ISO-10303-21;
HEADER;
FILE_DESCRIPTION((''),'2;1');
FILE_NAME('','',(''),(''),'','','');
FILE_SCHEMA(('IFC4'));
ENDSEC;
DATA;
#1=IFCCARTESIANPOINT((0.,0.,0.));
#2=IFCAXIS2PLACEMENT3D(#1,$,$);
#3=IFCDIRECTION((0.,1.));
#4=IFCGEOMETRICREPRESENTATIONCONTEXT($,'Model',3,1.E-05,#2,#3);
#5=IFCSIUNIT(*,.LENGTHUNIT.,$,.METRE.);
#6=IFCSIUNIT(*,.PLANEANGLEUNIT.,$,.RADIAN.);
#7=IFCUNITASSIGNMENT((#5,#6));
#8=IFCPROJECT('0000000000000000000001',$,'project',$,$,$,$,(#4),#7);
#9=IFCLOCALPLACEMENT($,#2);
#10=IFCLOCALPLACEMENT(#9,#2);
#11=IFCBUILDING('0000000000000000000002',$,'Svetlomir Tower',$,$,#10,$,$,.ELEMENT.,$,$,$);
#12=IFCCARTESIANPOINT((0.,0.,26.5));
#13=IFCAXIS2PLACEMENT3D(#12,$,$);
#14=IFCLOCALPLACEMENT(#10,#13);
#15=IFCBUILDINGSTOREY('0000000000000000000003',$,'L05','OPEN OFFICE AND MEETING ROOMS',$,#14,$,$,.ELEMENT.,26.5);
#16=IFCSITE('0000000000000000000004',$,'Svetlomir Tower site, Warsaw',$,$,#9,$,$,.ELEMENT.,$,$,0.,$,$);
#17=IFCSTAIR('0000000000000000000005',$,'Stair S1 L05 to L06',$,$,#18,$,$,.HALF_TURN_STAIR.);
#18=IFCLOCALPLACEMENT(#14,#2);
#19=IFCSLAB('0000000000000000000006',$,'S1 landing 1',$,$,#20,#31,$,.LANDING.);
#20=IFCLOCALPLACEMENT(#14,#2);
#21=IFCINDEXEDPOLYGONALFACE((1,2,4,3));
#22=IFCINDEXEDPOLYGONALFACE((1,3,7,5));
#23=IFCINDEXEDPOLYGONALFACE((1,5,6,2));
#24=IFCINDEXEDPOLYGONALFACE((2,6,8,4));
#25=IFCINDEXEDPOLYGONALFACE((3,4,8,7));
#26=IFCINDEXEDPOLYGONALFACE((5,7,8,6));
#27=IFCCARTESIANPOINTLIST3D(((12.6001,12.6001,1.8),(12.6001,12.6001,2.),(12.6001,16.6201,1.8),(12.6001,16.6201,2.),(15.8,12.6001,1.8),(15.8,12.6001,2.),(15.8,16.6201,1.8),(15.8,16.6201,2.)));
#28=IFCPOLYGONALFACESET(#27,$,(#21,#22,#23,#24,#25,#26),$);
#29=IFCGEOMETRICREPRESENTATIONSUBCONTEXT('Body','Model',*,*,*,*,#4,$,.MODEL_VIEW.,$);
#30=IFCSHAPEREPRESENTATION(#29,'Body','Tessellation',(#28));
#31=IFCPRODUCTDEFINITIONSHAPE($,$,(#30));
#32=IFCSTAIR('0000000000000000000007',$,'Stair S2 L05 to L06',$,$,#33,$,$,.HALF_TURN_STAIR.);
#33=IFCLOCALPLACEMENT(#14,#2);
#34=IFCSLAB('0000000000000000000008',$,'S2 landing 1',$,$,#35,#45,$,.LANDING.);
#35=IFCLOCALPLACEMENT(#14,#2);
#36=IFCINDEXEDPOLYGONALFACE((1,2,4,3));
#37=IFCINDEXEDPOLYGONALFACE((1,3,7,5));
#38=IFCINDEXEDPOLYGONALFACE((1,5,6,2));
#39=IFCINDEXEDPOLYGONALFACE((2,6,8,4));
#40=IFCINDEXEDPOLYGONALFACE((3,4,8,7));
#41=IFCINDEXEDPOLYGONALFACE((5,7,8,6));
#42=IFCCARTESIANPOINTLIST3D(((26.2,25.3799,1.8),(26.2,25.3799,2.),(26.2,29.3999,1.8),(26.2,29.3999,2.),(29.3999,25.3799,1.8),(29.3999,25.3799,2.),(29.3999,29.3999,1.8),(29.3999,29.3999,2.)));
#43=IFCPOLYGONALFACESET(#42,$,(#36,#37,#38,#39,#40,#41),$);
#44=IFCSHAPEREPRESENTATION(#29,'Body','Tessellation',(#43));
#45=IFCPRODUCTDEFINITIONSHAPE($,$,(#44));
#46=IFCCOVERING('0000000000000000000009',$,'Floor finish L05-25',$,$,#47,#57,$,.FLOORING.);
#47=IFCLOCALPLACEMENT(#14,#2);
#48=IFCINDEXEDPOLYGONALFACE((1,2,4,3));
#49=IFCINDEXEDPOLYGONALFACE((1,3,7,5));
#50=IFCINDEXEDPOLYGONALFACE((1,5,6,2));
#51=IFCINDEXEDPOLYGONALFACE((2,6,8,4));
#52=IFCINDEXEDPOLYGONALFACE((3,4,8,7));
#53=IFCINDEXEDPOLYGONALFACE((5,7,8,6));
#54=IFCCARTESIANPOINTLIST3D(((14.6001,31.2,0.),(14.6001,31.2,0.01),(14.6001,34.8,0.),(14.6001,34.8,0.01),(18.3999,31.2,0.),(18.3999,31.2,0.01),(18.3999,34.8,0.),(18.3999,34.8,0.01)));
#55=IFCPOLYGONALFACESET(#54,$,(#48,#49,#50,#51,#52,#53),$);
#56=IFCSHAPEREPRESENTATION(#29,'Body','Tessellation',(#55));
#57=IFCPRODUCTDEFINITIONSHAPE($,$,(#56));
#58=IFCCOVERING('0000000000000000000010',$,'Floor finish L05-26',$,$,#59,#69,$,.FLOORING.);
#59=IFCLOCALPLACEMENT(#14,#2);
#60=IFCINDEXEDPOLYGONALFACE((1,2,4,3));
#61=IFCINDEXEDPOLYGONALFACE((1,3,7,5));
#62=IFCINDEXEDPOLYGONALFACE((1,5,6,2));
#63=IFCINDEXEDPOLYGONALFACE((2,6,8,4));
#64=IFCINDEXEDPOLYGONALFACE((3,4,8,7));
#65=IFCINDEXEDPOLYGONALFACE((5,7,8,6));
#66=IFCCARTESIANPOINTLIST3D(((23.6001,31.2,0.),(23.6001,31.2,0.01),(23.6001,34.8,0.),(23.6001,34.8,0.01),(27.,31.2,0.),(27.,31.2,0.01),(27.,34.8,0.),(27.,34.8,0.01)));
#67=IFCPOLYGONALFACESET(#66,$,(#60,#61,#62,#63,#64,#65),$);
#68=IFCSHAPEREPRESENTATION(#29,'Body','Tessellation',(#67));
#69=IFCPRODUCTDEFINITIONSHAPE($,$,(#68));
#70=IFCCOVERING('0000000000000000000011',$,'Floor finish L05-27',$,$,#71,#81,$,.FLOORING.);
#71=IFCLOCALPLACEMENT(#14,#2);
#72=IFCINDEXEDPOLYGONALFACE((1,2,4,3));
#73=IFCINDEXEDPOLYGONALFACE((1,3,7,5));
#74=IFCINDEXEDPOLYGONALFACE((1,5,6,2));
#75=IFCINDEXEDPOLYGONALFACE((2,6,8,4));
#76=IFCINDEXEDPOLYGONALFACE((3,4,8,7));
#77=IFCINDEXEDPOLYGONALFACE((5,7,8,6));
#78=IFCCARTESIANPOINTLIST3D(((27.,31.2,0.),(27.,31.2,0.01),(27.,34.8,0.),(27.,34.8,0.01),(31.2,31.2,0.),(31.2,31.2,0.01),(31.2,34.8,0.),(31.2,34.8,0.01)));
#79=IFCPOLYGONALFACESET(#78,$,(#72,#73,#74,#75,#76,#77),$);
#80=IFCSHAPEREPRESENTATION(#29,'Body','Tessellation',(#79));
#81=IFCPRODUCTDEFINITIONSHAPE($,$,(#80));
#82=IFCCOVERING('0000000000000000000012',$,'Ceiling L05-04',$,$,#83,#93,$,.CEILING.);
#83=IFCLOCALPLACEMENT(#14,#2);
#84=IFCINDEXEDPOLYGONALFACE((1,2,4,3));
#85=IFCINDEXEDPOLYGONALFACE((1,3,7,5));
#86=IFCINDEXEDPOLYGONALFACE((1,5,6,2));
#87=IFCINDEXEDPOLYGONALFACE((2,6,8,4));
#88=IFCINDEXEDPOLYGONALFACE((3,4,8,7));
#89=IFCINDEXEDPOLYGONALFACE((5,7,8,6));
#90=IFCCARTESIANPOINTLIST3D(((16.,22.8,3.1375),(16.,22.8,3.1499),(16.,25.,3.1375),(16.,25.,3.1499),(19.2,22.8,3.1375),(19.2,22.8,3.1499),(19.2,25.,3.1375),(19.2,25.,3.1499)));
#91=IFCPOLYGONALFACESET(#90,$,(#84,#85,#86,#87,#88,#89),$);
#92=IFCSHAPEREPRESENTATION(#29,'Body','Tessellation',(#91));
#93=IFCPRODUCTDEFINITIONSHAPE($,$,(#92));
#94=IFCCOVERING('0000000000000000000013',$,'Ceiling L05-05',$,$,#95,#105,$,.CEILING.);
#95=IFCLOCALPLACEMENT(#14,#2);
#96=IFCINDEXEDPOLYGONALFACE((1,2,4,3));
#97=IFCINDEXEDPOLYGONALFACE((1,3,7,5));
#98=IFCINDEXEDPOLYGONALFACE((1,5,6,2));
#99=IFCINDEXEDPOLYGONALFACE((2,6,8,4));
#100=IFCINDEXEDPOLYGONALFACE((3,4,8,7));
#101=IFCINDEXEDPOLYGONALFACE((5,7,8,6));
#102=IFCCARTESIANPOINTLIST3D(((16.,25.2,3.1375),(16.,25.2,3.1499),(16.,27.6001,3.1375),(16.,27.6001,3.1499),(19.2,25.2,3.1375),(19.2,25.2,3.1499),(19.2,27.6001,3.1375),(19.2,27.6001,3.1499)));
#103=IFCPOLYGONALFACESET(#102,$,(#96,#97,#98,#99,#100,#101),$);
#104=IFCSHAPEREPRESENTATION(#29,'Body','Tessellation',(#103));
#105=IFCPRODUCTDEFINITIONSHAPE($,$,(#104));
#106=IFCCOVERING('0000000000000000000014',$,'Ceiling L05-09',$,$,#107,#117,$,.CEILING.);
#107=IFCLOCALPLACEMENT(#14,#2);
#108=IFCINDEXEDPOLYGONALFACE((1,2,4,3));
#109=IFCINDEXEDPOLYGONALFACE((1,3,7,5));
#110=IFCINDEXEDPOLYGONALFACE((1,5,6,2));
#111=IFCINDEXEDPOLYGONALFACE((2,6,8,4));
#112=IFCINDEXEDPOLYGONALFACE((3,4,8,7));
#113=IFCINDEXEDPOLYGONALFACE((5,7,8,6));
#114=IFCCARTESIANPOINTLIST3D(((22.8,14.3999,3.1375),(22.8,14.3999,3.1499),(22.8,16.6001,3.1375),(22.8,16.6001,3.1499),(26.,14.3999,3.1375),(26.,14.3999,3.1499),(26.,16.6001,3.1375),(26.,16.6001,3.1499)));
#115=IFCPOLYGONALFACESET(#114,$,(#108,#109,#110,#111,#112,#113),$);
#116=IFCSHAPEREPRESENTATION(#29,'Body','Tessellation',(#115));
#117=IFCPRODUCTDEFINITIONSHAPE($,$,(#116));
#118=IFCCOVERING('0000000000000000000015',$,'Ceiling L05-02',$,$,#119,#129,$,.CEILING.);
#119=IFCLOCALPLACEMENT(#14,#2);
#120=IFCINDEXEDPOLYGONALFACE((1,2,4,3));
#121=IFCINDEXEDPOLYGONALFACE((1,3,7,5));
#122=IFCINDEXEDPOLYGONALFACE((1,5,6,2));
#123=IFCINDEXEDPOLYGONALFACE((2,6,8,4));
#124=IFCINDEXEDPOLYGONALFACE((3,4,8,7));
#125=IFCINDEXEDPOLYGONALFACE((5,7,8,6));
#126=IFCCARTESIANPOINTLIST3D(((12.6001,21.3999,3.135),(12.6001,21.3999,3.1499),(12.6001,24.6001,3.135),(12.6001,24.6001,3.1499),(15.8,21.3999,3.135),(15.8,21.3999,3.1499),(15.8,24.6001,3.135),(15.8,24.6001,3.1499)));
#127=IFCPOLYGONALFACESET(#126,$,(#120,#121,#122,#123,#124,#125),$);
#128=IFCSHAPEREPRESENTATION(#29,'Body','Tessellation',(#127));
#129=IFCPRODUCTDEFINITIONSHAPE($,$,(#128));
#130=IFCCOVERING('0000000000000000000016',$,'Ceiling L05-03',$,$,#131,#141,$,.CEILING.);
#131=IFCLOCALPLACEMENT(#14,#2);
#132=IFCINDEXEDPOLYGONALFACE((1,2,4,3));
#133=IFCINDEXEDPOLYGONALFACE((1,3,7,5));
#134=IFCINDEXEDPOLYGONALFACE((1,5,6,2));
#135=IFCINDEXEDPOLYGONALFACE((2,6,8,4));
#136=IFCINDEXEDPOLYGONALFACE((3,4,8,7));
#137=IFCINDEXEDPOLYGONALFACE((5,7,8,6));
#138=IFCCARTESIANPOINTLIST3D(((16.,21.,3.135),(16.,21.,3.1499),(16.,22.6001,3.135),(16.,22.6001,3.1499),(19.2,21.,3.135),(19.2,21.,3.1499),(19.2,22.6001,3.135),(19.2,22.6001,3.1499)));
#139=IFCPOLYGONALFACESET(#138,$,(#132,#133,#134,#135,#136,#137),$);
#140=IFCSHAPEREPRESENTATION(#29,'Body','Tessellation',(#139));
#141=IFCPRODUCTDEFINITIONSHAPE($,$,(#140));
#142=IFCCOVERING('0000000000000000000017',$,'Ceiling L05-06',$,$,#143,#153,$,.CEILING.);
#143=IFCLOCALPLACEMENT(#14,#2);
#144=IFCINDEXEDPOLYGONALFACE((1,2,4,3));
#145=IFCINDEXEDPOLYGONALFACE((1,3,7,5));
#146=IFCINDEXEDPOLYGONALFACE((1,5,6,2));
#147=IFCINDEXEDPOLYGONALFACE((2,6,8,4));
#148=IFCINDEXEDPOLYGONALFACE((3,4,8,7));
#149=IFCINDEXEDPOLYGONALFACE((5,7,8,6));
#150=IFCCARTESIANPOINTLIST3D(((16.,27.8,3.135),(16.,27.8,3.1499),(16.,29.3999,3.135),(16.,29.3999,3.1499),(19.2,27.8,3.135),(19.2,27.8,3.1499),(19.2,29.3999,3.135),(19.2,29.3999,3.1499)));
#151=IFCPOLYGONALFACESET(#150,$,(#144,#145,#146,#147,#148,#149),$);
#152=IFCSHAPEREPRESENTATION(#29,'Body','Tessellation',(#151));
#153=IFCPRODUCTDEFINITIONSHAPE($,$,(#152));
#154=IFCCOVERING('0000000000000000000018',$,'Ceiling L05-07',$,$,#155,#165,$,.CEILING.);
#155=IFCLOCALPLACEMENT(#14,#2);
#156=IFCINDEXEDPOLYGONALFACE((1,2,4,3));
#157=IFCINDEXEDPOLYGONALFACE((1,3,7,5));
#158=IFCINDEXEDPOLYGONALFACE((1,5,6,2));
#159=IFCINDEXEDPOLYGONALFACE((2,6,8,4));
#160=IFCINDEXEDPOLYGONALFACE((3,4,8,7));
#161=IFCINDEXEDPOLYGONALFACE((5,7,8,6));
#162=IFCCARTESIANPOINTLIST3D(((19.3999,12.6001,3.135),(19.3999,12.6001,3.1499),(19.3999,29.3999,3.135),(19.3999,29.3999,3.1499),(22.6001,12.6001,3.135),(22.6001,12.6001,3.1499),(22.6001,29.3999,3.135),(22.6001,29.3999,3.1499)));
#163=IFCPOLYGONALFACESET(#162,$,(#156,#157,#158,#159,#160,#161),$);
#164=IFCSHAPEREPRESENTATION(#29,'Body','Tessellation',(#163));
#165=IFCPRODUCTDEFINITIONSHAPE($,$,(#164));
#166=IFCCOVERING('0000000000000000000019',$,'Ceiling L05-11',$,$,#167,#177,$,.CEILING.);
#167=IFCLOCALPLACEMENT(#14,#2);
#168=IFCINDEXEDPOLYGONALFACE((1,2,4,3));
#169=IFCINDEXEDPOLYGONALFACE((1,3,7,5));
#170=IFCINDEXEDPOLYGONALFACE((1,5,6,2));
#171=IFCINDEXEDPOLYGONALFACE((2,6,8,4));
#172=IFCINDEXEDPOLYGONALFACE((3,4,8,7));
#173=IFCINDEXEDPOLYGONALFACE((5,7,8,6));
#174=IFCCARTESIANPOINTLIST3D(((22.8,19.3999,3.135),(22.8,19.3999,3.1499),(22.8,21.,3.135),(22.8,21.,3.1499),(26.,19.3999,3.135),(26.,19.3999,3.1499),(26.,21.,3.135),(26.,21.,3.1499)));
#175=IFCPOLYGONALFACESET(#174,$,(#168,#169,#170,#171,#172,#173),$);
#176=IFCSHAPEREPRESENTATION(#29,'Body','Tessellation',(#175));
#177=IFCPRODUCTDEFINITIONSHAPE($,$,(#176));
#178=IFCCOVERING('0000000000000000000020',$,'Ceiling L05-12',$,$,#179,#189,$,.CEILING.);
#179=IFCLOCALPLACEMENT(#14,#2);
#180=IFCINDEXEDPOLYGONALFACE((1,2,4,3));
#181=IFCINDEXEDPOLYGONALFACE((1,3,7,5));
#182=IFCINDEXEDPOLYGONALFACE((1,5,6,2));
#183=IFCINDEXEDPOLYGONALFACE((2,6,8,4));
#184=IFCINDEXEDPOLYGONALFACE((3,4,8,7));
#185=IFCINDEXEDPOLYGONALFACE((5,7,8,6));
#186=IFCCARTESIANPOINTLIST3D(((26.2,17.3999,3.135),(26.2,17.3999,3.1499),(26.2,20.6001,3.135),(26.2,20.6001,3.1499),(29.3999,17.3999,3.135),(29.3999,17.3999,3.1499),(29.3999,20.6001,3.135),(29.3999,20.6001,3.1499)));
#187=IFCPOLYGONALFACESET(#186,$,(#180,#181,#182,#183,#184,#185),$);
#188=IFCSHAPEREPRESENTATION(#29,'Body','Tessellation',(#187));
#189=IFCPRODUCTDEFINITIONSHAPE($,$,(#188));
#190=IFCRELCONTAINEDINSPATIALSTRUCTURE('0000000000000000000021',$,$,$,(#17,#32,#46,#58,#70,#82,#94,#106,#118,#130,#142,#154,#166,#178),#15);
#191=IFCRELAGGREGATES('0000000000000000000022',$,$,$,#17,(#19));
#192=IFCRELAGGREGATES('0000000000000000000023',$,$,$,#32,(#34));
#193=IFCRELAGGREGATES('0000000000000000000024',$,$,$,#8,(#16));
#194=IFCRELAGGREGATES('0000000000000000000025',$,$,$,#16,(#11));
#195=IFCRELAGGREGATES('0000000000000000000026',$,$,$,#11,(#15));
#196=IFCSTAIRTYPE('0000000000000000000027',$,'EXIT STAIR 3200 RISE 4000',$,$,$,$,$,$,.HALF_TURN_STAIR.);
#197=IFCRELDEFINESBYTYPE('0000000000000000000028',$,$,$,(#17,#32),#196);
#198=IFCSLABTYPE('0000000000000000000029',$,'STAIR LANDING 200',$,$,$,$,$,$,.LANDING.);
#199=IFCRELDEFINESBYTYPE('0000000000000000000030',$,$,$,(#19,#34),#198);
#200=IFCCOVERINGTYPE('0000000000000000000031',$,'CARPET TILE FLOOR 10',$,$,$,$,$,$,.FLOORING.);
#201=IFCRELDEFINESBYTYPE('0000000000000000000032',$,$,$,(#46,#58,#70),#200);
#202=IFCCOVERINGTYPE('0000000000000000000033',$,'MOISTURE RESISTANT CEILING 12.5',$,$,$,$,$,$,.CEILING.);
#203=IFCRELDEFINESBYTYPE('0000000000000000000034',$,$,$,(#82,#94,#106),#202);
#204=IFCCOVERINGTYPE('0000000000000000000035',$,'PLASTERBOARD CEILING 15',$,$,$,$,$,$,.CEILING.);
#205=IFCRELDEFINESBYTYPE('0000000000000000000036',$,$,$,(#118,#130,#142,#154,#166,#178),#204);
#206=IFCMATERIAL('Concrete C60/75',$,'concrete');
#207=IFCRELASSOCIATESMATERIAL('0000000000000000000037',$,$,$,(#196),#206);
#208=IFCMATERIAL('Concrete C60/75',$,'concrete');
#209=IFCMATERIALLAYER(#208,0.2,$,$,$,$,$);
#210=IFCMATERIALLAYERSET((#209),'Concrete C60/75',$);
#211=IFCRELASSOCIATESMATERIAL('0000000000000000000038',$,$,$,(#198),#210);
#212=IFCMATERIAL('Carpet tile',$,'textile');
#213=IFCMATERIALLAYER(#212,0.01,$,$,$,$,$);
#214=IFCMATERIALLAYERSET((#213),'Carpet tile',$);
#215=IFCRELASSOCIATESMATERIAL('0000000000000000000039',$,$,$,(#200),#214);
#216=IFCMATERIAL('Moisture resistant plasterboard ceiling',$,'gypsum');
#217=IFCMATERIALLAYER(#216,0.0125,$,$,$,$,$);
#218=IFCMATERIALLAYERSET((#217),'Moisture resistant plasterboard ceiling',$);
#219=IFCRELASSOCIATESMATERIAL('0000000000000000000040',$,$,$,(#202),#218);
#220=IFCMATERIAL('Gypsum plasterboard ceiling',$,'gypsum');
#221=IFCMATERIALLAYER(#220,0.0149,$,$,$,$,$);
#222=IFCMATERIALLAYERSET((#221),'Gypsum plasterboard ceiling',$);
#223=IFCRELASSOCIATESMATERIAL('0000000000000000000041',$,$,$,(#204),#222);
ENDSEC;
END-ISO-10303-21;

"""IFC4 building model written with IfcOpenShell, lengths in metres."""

from ifc_helpers import new_model, si_unit, direction, frame, origin, place, context, subcontext, project, spatial, polyline, outline, extrude, material, layer, layer_set, type_object, element, aggregate, save


model = new_model("IFC4")

# Units and contexts
model_context = context("Model", 3, precision=1e-05, world=origin(), true_north=direction((0.0, 1.0)))
body_context = subcontext(model_context, "Body", "Model", "MODEL_VIEW")
ifc_project = project(units=[si_unit("LENGTHUNIT", "METRE"), si_unit("PLANEANGLEUNIT", "RADIAN")], contexts=[model_context])

# Site, building, storey
site_placement = place(None, origin())
site = spatial("IfcSite", under=ifc_project, at=site_placement, Name="Svetlomir Tower site, Warsaw", CompositionType="ELEMENT", RefElevation=0.0)
building_placement = place(site_placement, origin())
building = spatial("IfcBuilding", under=site, at=building_placement, Name="Svetlomir Tower", CompositionType="ELEMENT")
storey_placement = place(building_placement, frame((0.0, 0.0, 26.5)))
storey = spatial("IfcBuildingStorey", under=building, at=storey_placement, Name="L05", Description="OPEN OFFICE AND MEETING ROOMS", CompositionType="ELEMENT", Elevation=26.5)

# Stairs, slabs
ifc_material_1 = material(Name="Concrete C60/75", Category="concrete")
stair_type = type_object("IfcStairType", Name="EXIT STAIR 3200 RISE 4000", PredefinedType="HALF_TURN_STAIR", material=ifc_material_1)
stair_1_placement = place(storey_placement, origin())
stair_1 = element("IfcStair", 1, at=stair_1_placement, inside=storey, type_object=stair_type, Name="Stair S1 L05 to L06", PredefinedType="HALF_TURN_STAIR")
ifc_material_2 = material(Name="Concrete C60/75", Category="concrete")
ifc_layer_1 = layer(ifc_material_2, 0.2)
ifc_layer_set_1 = layer_set([ifc_layer_1], Name="Concrete C60/75")
slab_type = type_object("IfcSlabType", Name="STAIR LANDING 200", PredefinedType="LANDING", material=ifc_layer_set_1)
slab_1_placement = place(storey_placement, frame((0.0, 0.0, 1.8)))
slab_1 = element("IfcSlab", 2, at=slab_1_placement, type_object=slab_type, Name="S1 landing 1", PredefinedType="LANDING", context=body_context, shape_type="SweptSolid", body=[
    extrude(outline(polyline([(12.6001, 12.6001), (15.8, 12.6001), (15.8, 16.6201), (12.6001, 16.6201), (12.6001, 12.6001)])), origin(), (0.0, 0.0, 1.0), 0.2),
])
aggregate(stair_1, [slab_1])
stair_2_placement = place(storey_placement, origin())
stair_2 = element("IfcStair", 3, at=stair_2_placement, inside=storey, type_object=stair_type, Name="Stair S2 L05 to L06", PredefinedType="HALF_TURN_STAIR")
slab_2_placement = place(storey_placement, frame((0.0, 0.0, 1.8)))
slab_2 = element("IfcSlab", 4, at=slab_2_placement, type_object=slab_type, Name="S2 landing 1", PredefinedType="LANDING", context=body_context, shape_type="SweptSolid", body=[
    extrude(outline(polyline([(26.2, 25.3799), (29.3999, 25.3799), (29.3999, 29.3999), (26.2, 29.3999), (26.2, 25.3799)])), origin(), (0.0, 0.0, 1.0), 0.2),
])
aggregate(stair_2, [slab_2])

# Coverings
ifc_material_3 = material(Name="Carpet tile", Category="textile")
ifc_layer_2 = layer(ifc_material_3, 0.01)
ifc_layer_set_2 = layer_set([ifc_layer_2], Name="Carpet tile")
covering_type_1 = type_object("IfcCoveringType", Name="CARPET TILE FLOOR 10", PredefinedType="FLOORING", material=ifc_layer_set_2)
covering_1_placement = place(storey_placement, origin())
element("IfcCovering", 5, at=covering_1_placement, inside=storey, type_object=covering_type_1, Name="Floor finish L05-25", PredefinedType="FLOORING", context=body_context, shape_type="SweptSolid", body=[
    extrude(outline(polyline([(14.6001, 31.2), (18.3999, 31.2), (18.3999, 34.8), (14.6001, 34.8), (14.6001, 31.2)])), origin(), (0.0, 0.0, 1.0), 0.01),
])
covering_2_placement = place(storey_placement, origin())
element("IfcCovering", 6, at=covering_2_placement, inside=storey, type_object=covering_type_1, Name="Floor finish L05-26", PredefinedType="FLOORING", context=body_context, shape_type="SweptSolid", body=[
    extrude(outline(polyline([(23.6001, 31.2), (27.0, 31.2), (27.0, 34.8), (23.6001, 34.8), (23.6001, 31.2)])), origin(), (0.0, 0.0, 1.0), 0.01),
])
covering_3_placement = place(storey_placement, origin())
element("IfcCovering", 7, at=covering_3_placement, inside=storey, type_object=covering_type_1, Name="Floor finish L05-27", PredefinedType="FLOORING", context=body_context, shape_type="SweptSolid", body=[
    extrude(outline(polyline([(27.0, 31.2), (31.2, 31.2), (31.2, 34.8), (27.0, 34.8), (27.0, 31.2)])), origin(), (0.0, 0.0, 1.0), 0.01),
])
ifc_material_4 = material(Name="Moisture resistant plasterboard ceiling", Category="gypsum")
ifc_layer_3 = layer(ifc_material_4, 0.0125)
ifc_layer_set_3 = layer_set([ifc_layer_3], Name="Moisture resistant plasterboard ceiling")
covering_type_2 = type_object("IfcCoveringType", Name="MOISTURE RESISTANT CEILING 12.5", PredefinedType="CEILING", material=ifc_layer_set_3)
covering_4_placement = place(storey_placement, frame((0.0, 0.0, 3.1375)))
element("IfcCovering", 8, at=covering_4_placement, inside=storey, type_object=covering_type_2, Name="Ceiling L05-04", PredefinedType="CEILING", context=body_context, shape_type="SweptSolid", body=[
    extrude(outline(polyline([(16.0, 22.8), (19.2, 22.8), (19.2, 25.0), (16.0, 25.0), (16.0, 22.8)])), origin(), (0.0, 0.0, 1.0), 0.0125),
])
covering_5_placement = place(storey_placement, frame((0.0, 0.0, 3.1375)))
element("IfcCovering", 9, at=covering_5_placement, inside=storey, type_object=covering_type_2, Name="Ceiling L05-05", PredefinedType="CEILING", context=body_context, shape_type="SweptSolid", body=[
    extrude(outline(polyline([(16.0, 25.2), (19.2, 25.2), (19.2, 27.6001), (16.0, 27.6001), (16.0, 25.2)])), origin(), (0.0, 0.0, 1.0), 0.0125),
])
covering_6_placement = place(storey_placement, frame((0.0, 0.0, 3.1375)))
element("IfcCovering", 10, at=covering_6_placement, inside=storey, type_object=covering_type_2, Name="Ceiling L05-09", PredefinedType="CEILING", context=body_context, shape_type="SweptSolid", body=[
    extrude(outline(polyline([(22.8, 14.3999), (26.0, 14.3999), (26.0, 16.6001), (22.8, 16.6001), (22.8, 14.3999)])), origin(), (0.0, 0.0, 1.0), 0.0125),
])
ifc_material_5 = material(Name="Gypsum plasterboard ceiling", Category="gypsum")
ifc_layer_4 = layer(ifc_material_5, 0.0149)
ifc_layer_set_4 = layer_set([ifc_layer_4], Name="Gypsum plasterboard ceiling")
covering_type_3 = type_object("IfcCoveringType", Name="PLASTERBOARD CEILING 15", PredefinedType="CEILING", material=ifc_layer_set_4)
covering_7_placement = place(storey_placement, frame((0.0, 0.0, 3.135)))
element("IfcCovering", 11, at=covering_7_placement, inside=storey, type_object=covering_type_3, Name="Ceiling L05-02", PredefinedType="CEILING", context=body_context, shape_type="SweptSolid", body=[
    extrude(outline(polyline([(12.6001, 21.3999), (15.8, 21.3999), (15.8, 24.6001), (12.6001, 24.6001), (12.6001, 21.3999)])), origin(), (0.0, 0.0, 1.0), 0.0149),
])
covering_8_placement = place(storey_placement, frame((0.0, 0.0, 3.135)))
element("IfcCovering", 12, at=covering_8_placement, inside=storey, type_object=covering_type_3, Name="Ceiling L05-03", PredefinedType="CEILING", context=body_context, shape_type="SweptSolid", body=[
    extrude(outline(polyline([(16.0, 21.0), (19.2, 21.0), (19.2, 22.6001), (16.0, 22.6001), (16.0, 21.0)])), origin(), (0.0, 0.0, 1.0), 0.0149),
])
covering_9_placement = place(storey_placement, frame((0.0, 0.0, 3.135)))
element("IfcCovering", 13, at=covering_9_placement, inside=storey, type_object=covering_type_3, Name="Ceiling L05-06", PredefinedType="CEILING", context=body_context, shape_type="SweptSolid", body=[
    extrude(outline(polyline([(16.0, 27.8), (19.2, 27.8), (19.2, 29.3999), (16.0, 29.3999), (16.0, 27.8)])), origin(), (0.0, 0.0, 1.0), 0.0149),
])
covering_10_placement = place(storey_placement, frame((0.0, 0.0, 3.135)))
element("IfcCovering", 14, at=covering_10_placement, inside=storey, type_object=covering_type_3, Name="Ceiling L05-07", PredefinedType="CEILING", context=body_context, shape_type="SweptSolid", body=[
    extrude(outline(polyline([(19.3999, 12.6001), (22.6001, 12.6001), (22.6001, 29.3999), (19.3999, 29.3999), (19.3999, 12.6001)])), origin(), (0.0, 0.0, 1.0), 0.0149),
])
covering_11_placement = place(storey_placement, frame((0.0, 0.0, 3.135)))
element("IfcCovering", 15, at=covering_11_placement, inside=storey, type_object=covering_type_3, Name="Ceiling L05-11", PredefinedType="CEILING", context=body_context, shape_type="SweptSolid", body=[
    extrude(outline(polyline([(22.8, 19.3999), (26.0, 19.3999), (26.0, 21.0), (22.8, 21.0), (22.8, 19.3999)])), origin(), (0.0, 0.0, 1.0), 0.0149),
])
covering_12_placement = place(storey_placement, frame((0.0, 0.0, 3.135)))
element("IfcCovering", 16, at=covering_12_placement, inside=storey, type_object=covering_type_3, Name="Ceiling L05-12", PredefinedType="CEILING", context=body_context, shape_type="SweptSolid", body=[
    extrude(outline(polyline([(26.2, 17.3999), (29.3999, 17.3999), (29.3999, 20.6001), (26.2, 20.6001), (26.2, 17.3999)])), origin(), (0.0, 0.0, 1.0), 0.0149),
])

save(model, "model.ifc")
